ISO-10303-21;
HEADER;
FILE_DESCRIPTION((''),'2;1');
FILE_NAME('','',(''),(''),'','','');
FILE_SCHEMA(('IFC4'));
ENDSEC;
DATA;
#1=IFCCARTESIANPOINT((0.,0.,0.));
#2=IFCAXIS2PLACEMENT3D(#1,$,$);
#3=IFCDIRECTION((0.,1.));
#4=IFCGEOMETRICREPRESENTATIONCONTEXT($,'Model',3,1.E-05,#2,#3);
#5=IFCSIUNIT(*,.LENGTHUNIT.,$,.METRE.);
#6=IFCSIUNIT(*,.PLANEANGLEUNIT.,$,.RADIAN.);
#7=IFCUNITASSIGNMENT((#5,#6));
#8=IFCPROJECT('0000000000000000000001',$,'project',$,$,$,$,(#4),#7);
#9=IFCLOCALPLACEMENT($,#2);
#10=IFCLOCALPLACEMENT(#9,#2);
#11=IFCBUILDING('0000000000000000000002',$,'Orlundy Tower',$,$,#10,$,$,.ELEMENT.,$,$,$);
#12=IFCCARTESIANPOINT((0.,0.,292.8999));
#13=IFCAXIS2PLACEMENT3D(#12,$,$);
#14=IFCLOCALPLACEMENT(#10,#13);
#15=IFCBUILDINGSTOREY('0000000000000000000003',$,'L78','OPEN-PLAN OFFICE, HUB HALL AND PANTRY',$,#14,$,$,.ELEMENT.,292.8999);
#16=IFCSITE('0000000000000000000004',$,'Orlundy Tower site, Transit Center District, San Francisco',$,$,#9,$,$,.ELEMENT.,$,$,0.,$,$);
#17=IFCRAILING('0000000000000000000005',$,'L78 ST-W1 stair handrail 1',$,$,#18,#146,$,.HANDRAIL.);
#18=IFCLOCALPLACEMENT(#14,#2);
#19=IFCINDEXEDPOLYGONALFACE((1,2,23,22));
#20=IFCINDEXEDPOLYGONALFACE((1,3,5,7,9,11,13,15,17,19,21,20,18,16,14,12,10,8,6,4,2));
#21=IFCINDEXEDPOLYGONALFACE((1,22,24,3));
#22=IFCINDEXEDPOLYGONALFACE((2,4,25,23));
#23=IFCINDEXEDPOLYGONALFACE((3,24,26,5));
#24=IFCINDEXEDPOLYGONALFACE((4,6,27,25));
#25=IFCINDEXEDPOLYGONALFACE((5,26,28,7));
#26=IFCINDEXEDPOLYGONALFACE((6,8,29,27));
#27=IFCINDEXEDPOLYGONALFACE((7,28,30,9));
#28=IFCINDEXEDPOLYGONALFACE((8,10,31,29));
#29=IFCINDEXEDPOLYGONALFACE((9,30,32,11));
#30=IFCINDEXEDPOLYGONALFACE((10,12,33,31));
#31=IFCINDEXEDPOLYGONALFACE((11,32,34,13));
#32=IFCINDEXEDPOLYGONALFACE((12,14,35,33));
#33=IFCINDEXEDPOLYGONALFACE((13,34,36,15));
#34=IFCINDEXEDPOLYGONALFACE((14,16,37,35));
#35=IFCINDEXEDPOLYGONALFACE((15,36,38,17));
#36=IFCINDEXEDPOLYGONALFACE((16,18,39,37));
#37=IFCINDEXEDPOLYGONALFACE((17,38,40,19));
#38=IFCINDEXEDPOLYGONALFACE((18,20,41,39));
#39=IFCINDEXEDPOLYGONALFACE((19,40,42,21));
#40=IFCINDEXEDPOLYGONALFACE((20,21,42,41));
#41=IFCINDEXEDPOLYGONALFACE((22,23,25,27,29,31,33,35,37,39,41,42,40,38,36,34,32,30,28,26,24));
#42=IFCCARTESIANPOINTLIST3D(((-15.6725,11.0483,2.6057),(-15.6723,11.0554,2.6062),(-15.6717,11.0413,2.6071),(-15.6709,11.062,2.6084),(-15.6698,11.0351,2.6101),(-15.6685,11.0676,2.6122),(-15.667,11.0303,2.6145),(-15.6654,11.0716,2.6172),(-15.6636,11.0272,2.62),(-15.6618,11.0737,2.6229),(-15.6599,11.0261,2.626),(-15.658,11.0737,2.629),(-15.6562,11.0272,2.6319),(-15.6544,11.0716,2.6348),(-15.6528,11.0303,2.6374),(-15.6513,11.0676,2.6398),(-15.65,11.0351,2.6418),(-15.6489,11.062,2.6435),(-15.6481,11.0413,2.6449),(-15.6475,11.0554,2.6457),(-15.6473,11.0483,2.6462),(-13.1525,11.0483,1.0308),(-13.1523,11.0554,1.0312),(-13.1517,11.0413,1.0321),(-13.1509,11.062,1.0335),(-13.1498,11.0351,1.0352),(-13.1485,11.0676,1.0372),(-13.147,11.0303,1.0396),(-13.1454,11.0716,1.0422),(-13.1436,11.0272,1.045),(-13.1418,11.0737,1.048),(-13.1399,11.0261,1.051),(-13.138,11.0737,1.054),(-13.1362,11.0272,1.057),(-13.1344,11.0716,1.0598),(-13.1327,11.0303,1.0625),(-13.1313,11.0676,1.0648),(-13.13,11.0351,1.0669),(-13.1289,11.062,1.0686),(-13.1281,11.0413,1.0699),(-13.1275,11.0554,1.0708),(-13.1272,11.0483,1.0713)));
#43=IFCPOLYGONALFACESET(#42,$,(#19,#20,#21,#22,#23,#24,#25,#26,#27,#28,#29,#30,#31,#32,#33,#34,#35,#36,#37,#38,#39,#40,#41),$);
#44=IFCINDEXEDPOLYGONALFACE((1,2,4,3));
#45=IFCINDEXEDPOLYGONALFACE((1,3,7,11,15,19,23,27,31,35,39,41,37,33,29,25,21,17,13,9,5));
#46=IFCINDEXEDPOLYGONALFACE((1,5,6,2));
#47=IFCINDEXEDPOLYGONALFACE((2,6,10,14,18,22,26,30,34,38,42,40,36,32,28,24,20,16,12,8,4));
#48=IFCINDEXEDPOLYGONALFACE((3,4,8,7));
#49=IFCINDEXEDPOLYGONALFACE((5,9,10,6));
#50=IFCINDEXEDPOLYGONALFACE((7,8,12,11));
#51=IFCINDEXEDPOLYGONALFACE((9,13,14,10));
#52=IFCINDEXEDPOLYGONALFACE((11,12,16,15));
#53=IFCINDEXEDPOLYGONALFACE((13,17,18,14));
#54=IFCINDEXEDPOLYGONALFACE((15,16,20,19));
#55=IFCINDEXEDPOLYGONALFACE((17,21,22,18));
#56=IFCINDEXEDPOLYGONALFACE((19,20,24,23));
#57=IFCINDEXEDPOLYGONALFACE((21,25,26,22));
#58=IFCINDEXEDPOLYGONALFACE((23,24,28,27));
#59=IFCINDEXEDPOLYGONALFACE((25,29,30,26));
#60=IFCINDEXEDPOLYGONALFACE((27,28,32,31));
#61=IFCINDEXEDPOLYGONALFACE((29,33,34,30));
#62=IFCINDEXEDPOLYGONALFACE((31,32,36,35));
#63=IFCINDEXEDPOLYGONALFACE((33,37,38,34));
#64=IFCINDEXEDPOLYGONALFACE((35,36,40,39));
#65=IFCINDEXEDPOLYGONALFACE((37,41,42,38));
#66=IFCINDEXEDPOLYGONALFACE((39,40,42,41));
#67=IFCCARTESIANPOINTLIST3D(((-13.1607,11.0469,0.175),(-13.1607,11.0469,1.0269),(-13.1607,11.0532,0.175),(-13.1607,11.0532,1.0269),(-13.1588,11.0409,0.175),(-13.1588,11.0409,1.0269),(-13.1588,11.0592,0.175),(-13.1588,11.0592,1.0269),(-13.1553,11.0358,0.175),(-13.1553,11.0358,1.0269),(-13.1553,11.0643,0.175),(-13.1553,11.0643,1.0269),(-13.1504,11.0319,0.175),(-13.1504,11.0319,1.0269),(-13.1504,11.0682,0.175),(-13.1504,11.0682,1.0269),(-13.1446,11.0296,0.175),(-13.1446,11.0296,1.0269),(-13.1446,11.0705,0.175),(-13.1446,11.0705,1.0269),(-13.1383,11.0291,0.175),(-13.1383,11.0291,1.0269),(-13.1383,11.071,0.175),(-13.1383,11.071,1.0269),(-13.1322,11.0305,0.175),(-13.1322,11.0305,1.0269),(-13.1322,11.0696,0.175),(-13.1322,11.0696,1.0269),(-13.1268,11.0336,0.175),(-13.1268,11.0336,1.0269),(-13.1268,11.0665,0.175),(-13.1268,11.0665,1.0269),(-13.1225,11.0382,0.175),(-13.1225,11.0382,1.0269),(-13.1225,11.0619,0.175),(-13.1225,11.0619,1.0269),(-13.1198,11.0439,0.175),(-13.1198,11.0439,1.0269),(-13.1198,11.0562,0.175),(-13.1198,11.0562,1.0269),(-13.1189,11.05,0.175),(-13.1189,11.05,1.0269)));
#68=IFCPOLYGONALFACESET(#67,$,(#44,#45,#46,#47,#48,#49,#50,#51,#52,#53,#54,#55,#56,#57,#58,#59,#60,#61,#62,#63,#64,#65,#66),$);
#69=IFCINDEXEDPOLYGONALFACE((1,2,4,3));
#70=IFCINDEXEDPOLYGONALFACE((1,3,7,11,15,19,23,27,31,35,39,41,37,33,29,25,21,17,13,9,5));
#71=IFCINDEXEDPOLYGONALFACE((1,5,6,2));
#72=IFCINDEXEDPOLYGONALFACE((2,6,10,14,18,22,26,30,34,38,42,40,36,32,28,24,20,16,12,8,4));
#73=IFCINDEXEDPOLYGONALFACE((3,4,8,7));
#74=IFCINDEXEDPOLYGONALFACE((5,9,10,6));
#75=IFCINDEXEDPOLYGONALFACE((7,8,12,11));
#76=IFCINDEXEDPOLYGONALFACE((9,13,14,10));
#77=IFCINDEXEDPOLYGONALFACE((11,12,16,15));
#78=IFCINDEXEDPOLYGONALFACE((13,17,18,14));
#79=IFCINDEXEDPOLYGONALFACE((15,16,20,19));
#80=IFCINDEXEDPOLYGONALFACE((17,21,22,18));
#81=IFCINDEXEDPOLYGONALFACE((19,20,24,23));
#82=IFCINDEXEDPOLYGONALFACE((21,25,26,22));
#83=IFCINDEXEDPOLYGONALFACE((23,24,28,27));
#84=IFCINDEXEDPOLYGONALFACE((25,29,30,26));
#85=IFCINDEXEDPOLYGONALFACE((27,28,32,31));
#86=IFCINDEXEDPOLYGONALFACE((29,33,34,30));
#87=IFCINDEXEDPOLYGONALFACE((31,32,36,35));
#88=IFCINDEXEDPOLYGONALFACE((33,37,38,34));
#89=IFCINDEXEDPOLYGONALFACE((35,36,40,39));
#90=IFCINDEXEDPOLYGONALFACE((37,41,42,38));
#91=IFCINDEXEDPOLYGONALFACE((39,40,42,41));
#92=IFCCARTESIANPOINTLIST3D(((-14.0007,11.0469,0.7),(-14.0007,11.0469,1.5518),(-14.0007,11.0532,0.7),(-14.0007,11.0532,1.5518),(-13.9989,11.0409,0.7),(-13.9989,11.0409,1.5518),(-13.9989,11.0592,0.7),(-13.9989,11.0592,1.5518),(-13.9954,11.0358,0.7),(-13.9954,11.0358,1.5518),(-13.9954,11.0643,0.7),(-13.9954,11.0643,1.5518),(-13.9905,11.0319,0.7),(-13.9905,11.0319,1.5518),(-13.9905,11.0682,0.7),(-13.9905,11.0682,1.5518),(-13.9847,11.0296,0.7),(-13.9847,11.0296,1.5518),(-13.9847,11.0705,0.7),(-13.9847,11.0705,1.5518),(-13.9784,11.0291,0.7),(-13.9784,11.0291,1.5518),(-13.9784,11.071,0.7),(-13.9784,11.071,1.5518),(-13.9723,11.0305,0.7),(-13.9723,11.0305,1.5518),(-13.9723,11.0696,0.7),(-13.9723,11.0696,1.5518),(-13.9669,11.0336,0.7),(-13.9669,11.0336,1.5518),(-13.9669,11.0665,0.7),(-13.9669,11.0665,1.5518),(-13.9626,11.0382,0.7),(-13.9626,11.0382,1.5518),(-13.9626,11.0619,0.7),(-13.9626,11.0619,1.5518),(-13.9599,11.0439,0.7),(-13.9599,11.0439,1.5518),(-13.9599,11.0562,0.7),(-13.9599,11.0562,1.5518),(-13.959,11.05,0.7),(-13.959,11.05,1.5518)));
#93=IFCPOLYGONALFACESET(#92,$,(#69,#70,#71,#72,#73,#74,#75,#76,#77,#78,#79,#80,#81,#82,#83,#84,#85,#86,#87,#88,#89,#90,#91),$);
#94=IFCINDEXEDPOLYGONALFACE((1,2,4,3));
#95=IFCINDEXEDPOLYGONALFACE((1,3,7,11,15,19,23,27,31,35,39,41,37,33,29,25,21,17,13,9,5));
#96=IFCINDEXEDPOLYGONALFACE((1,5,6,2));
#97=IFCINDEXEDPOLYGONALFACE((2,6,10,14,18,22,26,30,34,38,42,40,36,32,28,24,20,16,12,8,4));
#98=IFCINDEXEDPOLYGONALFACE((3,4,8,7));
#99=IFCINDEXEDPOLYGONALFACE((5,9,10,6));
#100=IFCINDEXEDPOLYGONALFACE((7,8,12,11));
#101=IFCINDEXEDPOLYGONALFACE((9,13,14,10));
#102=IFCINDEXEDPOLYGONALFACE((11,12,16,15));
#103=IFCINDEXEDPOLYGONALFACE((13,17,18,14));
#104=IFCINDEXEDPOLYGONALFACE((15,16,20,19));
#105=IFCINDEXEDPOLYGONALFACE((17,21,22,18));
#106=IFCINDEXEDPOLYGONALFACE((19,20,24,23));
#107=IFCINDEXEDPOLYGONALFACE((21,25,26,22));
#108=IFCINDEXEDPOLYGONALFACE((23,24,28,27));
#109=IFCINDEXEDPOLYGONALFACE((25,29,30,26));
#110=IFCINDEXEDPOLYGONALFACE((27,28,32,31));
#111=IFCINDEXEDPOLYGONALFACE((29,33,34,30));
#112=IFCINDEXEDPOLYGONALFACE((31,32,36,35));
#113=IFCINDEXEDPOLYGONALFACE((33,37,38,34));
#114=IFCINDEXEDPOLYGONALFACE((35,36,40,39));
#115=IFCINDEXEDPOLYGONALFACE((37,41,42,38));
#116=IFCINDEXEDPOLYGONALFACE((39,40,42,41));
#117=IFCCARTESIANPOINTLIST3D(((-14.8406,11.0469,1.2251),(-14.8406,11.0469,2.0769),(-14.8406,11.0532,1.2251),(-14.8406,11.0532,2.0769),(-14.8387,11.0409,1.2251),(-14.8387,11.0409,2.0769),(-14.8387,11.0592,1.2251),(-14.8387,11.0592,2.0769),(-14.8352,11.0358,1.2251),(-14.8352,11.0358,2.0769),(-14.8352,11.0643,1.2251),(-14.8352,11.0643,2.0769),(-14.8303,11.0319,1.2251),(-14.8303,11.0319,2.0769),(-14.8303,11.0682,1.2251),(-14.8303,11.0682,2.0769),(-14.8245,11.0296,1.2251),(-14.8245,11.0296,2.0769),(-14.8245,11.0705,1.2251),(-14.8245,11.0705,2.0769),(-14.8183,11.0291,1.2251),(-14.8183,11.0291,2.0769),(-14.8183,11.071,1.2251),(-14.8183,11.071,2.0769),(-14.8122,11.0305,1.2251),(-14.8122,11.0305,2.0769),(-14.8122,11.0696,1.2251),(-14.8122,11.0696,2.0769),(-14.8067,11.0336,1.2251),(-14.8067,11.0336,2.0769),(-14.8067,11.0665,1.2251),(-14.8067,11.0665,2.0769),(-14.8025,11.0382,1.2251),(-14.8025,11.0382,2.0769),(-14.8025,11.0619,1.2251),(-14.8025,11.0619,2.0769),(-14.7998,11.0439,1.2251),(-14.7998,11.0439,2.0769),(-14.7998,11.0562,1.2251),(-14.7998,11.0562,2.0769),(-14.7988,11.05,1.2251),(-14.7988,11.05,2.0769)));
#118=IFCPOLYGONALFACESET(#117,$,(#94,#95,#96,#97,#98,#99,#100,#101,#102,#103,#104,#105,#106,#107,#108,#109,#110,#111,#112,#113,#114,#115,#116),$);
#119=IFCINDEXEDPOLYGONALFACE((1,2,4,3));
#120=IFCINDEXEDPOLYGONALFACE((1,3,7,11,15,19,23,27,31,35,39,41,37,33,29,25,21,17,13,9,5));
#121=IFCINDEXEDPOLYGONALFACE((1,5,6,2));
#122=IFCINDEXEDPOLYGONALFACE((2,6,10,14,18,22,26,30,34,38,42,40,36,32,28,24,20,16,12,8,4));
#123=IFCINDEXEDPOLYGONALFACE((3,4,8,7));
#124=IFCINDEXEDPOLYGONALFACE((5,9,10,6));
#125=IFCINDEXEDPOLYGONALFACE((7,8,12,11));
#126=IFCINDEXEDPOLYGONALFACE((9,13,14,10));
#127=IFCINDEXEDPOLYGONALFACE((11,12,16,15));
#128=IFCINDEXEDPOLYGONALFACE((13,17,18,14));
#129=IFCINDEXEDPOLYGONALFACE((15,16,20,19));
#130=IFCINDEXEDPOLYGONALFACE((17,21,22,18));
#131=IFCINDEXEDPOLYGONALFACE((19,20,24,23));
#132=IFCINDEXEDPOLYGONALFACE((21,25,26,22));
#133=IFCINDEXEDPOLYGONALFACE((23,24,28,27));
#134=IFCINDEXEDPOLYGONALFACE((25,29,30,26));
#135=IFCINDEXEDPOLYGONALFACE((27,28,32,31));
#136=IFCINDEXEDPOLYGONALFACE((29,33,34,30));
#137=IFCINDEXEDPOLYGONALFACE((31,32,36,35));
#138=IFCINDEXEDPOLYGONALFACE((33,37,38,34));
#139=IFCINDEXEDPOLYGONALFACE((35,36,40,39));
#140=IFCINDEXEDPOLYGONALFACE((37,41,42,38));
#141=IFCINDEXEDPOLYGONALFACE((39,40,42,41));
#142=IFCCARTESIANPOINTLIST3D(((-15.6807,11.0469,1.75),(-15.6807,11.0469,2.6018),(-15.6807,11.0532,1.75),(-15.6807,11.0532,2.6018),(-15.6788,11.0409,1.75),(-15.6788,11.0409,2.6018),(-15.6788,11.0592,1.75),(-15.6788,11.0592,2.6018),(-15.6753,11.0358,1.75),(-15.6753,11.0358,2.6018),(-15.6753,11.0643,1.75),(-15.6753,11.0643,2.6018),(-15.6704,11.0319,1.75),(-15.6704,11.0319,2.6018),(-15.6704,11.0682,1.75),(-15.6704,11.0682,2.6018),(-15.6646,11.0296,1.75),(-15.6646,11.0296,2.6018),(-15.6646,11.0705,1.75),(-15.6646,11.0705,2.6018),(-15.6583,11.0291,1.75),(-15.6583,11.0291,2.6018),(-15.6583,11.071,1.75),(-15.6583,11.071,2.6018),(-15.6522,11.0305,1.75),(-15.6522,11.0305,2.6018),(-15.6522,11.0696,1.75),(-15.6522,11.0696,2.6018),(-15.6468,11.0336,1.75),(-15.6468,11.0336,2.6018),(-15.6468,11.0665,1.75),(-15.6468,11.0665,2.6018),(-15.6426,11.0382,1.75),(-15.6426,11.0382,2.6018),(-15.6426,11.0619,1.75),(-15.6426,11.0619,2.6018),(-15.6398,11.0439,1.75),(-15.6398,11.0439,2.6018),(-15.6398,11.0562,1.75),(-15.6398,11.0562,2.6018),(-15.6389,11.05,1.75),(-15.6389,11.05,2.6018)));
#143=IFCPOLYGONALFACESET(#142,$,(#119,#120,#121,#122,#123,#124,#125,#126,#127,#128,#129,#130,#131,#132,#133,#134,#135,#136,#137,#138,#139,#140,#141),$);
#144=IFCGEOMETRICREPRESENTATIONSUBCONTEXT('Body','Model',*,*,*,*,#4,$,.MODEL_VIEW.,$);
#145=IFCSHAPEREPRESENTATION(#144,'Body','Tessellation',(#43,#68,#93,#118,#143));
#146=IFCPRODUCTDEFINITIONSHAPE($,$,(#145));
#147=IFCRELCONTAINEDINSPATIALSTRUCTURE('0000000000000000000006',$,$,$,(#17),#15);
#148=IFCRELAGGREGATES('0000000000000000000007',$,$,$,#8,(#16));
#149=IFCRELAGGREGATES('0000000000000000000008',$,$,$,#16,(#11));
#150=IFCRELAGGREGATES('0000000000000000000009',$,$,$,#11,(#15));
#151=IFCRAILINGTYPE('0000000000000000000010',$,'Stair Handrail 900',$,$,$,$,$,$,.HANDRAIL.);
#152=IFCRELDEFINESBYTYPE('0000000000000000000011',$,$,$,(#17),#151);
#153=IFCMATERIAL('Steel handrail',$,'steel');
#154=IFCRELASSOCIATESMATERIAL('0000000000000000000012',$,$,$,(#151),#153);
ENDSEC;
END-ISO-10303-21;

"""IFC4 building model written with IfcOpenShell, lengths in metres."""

from ifc_helpers import new_model, si_unit, direction, frame, origin, origin_2d, place, context, subcontext, project, spatial, circle, extrude, material, type_object, element, save


model = new_model("IFC4")

# Units and contexts
model_context = context("Model", 3, precision=1e-05, world=origin(), true_north=direction((0.0, 1.0)))
body_context = subcontext(model_context, "Body", "Model", "MODEL_VIEW")
ifc_project = project(units=[si_unit("LENGTHUNIT", "METRE"), si_unit("PLANEANGLEUNIT", "RADIAN")], contexts=[model_context])

# Site, building, storey
site_placement = place(None, origin())
site = spatial("IfcSite", under=ifc_project, at=site_placement, Name="Orlundy Tower site, Transit Center District, San Francisco", CompositionType="ELEMENT", RefElevation=0.0)
building_placement = place(site_placement, origin())
building = spatial("IfcBuilding", under=site, at=building_placement, Name="Orlundy Tower", CompositionType="ELEMENT")
storey_placement = place(building_placement, frame((0.0, 0.0, 292.8999)))
storey = spatial("IfcBuildingStorey", under=building, at=storey_placement, Name="L78", Description="OPEN-PLAN OFFICE, HUB HALL AND PANTRY", CompositionType="ELEMENT", Elevation=292.8999)

# Railing
ifc_material_1 = material(Name="Steel handrail", Category="steel")
railing_type = type_object("IfcRailingType", Name="Stair Handrail 900", PredefinedType="HANDRAIL", material=ifc_material_1)
railing_placement = place(storey_placement, frame((-13.1399, 11.05, 0.175)))
element("IfcRailing", 1, at=railing_placement, inside=storey, type_object=railing_type, Name="L78 ST-W1 stair handrail 1", PredefinedType="HANDRAIL", context=body_context, shape_type="SweptSolid", body=[
    extrude(circle(Radius=0.0239, at=origin_2d()), frame((0.0, 0.0, 0.876), z_axis=(-0.848008, 0.0, 0.529984), x_axis=(0.0, -1.0, 0.0)), (0.0, 0.0, 1.0), 2.9717),
    extrude(circle(Radius=0.021, at=origin_2d()), origin(), (0.0, 0.0, 1.0), 0.8518),
    extrude(circle(Radius=0.021, at=origin_2d()), frame((-0.8401, 0.0, 0.5249)), (0.0, 0.0, 1.0), 0.8518),
    extrude(circle(Radius=0.021, at=origin_2d()), frame((-1.6799, 0.0, 1.05)), (0.0, 0.0, 1.0), 0.8518),
    extrude(circle(Radius=0.021, at=origin_2d()), frame((-2.52, 0.0, 1.575)), (0.0, 0.0, 1.0), 0.8518),
])

save(model, "model.ifc")
